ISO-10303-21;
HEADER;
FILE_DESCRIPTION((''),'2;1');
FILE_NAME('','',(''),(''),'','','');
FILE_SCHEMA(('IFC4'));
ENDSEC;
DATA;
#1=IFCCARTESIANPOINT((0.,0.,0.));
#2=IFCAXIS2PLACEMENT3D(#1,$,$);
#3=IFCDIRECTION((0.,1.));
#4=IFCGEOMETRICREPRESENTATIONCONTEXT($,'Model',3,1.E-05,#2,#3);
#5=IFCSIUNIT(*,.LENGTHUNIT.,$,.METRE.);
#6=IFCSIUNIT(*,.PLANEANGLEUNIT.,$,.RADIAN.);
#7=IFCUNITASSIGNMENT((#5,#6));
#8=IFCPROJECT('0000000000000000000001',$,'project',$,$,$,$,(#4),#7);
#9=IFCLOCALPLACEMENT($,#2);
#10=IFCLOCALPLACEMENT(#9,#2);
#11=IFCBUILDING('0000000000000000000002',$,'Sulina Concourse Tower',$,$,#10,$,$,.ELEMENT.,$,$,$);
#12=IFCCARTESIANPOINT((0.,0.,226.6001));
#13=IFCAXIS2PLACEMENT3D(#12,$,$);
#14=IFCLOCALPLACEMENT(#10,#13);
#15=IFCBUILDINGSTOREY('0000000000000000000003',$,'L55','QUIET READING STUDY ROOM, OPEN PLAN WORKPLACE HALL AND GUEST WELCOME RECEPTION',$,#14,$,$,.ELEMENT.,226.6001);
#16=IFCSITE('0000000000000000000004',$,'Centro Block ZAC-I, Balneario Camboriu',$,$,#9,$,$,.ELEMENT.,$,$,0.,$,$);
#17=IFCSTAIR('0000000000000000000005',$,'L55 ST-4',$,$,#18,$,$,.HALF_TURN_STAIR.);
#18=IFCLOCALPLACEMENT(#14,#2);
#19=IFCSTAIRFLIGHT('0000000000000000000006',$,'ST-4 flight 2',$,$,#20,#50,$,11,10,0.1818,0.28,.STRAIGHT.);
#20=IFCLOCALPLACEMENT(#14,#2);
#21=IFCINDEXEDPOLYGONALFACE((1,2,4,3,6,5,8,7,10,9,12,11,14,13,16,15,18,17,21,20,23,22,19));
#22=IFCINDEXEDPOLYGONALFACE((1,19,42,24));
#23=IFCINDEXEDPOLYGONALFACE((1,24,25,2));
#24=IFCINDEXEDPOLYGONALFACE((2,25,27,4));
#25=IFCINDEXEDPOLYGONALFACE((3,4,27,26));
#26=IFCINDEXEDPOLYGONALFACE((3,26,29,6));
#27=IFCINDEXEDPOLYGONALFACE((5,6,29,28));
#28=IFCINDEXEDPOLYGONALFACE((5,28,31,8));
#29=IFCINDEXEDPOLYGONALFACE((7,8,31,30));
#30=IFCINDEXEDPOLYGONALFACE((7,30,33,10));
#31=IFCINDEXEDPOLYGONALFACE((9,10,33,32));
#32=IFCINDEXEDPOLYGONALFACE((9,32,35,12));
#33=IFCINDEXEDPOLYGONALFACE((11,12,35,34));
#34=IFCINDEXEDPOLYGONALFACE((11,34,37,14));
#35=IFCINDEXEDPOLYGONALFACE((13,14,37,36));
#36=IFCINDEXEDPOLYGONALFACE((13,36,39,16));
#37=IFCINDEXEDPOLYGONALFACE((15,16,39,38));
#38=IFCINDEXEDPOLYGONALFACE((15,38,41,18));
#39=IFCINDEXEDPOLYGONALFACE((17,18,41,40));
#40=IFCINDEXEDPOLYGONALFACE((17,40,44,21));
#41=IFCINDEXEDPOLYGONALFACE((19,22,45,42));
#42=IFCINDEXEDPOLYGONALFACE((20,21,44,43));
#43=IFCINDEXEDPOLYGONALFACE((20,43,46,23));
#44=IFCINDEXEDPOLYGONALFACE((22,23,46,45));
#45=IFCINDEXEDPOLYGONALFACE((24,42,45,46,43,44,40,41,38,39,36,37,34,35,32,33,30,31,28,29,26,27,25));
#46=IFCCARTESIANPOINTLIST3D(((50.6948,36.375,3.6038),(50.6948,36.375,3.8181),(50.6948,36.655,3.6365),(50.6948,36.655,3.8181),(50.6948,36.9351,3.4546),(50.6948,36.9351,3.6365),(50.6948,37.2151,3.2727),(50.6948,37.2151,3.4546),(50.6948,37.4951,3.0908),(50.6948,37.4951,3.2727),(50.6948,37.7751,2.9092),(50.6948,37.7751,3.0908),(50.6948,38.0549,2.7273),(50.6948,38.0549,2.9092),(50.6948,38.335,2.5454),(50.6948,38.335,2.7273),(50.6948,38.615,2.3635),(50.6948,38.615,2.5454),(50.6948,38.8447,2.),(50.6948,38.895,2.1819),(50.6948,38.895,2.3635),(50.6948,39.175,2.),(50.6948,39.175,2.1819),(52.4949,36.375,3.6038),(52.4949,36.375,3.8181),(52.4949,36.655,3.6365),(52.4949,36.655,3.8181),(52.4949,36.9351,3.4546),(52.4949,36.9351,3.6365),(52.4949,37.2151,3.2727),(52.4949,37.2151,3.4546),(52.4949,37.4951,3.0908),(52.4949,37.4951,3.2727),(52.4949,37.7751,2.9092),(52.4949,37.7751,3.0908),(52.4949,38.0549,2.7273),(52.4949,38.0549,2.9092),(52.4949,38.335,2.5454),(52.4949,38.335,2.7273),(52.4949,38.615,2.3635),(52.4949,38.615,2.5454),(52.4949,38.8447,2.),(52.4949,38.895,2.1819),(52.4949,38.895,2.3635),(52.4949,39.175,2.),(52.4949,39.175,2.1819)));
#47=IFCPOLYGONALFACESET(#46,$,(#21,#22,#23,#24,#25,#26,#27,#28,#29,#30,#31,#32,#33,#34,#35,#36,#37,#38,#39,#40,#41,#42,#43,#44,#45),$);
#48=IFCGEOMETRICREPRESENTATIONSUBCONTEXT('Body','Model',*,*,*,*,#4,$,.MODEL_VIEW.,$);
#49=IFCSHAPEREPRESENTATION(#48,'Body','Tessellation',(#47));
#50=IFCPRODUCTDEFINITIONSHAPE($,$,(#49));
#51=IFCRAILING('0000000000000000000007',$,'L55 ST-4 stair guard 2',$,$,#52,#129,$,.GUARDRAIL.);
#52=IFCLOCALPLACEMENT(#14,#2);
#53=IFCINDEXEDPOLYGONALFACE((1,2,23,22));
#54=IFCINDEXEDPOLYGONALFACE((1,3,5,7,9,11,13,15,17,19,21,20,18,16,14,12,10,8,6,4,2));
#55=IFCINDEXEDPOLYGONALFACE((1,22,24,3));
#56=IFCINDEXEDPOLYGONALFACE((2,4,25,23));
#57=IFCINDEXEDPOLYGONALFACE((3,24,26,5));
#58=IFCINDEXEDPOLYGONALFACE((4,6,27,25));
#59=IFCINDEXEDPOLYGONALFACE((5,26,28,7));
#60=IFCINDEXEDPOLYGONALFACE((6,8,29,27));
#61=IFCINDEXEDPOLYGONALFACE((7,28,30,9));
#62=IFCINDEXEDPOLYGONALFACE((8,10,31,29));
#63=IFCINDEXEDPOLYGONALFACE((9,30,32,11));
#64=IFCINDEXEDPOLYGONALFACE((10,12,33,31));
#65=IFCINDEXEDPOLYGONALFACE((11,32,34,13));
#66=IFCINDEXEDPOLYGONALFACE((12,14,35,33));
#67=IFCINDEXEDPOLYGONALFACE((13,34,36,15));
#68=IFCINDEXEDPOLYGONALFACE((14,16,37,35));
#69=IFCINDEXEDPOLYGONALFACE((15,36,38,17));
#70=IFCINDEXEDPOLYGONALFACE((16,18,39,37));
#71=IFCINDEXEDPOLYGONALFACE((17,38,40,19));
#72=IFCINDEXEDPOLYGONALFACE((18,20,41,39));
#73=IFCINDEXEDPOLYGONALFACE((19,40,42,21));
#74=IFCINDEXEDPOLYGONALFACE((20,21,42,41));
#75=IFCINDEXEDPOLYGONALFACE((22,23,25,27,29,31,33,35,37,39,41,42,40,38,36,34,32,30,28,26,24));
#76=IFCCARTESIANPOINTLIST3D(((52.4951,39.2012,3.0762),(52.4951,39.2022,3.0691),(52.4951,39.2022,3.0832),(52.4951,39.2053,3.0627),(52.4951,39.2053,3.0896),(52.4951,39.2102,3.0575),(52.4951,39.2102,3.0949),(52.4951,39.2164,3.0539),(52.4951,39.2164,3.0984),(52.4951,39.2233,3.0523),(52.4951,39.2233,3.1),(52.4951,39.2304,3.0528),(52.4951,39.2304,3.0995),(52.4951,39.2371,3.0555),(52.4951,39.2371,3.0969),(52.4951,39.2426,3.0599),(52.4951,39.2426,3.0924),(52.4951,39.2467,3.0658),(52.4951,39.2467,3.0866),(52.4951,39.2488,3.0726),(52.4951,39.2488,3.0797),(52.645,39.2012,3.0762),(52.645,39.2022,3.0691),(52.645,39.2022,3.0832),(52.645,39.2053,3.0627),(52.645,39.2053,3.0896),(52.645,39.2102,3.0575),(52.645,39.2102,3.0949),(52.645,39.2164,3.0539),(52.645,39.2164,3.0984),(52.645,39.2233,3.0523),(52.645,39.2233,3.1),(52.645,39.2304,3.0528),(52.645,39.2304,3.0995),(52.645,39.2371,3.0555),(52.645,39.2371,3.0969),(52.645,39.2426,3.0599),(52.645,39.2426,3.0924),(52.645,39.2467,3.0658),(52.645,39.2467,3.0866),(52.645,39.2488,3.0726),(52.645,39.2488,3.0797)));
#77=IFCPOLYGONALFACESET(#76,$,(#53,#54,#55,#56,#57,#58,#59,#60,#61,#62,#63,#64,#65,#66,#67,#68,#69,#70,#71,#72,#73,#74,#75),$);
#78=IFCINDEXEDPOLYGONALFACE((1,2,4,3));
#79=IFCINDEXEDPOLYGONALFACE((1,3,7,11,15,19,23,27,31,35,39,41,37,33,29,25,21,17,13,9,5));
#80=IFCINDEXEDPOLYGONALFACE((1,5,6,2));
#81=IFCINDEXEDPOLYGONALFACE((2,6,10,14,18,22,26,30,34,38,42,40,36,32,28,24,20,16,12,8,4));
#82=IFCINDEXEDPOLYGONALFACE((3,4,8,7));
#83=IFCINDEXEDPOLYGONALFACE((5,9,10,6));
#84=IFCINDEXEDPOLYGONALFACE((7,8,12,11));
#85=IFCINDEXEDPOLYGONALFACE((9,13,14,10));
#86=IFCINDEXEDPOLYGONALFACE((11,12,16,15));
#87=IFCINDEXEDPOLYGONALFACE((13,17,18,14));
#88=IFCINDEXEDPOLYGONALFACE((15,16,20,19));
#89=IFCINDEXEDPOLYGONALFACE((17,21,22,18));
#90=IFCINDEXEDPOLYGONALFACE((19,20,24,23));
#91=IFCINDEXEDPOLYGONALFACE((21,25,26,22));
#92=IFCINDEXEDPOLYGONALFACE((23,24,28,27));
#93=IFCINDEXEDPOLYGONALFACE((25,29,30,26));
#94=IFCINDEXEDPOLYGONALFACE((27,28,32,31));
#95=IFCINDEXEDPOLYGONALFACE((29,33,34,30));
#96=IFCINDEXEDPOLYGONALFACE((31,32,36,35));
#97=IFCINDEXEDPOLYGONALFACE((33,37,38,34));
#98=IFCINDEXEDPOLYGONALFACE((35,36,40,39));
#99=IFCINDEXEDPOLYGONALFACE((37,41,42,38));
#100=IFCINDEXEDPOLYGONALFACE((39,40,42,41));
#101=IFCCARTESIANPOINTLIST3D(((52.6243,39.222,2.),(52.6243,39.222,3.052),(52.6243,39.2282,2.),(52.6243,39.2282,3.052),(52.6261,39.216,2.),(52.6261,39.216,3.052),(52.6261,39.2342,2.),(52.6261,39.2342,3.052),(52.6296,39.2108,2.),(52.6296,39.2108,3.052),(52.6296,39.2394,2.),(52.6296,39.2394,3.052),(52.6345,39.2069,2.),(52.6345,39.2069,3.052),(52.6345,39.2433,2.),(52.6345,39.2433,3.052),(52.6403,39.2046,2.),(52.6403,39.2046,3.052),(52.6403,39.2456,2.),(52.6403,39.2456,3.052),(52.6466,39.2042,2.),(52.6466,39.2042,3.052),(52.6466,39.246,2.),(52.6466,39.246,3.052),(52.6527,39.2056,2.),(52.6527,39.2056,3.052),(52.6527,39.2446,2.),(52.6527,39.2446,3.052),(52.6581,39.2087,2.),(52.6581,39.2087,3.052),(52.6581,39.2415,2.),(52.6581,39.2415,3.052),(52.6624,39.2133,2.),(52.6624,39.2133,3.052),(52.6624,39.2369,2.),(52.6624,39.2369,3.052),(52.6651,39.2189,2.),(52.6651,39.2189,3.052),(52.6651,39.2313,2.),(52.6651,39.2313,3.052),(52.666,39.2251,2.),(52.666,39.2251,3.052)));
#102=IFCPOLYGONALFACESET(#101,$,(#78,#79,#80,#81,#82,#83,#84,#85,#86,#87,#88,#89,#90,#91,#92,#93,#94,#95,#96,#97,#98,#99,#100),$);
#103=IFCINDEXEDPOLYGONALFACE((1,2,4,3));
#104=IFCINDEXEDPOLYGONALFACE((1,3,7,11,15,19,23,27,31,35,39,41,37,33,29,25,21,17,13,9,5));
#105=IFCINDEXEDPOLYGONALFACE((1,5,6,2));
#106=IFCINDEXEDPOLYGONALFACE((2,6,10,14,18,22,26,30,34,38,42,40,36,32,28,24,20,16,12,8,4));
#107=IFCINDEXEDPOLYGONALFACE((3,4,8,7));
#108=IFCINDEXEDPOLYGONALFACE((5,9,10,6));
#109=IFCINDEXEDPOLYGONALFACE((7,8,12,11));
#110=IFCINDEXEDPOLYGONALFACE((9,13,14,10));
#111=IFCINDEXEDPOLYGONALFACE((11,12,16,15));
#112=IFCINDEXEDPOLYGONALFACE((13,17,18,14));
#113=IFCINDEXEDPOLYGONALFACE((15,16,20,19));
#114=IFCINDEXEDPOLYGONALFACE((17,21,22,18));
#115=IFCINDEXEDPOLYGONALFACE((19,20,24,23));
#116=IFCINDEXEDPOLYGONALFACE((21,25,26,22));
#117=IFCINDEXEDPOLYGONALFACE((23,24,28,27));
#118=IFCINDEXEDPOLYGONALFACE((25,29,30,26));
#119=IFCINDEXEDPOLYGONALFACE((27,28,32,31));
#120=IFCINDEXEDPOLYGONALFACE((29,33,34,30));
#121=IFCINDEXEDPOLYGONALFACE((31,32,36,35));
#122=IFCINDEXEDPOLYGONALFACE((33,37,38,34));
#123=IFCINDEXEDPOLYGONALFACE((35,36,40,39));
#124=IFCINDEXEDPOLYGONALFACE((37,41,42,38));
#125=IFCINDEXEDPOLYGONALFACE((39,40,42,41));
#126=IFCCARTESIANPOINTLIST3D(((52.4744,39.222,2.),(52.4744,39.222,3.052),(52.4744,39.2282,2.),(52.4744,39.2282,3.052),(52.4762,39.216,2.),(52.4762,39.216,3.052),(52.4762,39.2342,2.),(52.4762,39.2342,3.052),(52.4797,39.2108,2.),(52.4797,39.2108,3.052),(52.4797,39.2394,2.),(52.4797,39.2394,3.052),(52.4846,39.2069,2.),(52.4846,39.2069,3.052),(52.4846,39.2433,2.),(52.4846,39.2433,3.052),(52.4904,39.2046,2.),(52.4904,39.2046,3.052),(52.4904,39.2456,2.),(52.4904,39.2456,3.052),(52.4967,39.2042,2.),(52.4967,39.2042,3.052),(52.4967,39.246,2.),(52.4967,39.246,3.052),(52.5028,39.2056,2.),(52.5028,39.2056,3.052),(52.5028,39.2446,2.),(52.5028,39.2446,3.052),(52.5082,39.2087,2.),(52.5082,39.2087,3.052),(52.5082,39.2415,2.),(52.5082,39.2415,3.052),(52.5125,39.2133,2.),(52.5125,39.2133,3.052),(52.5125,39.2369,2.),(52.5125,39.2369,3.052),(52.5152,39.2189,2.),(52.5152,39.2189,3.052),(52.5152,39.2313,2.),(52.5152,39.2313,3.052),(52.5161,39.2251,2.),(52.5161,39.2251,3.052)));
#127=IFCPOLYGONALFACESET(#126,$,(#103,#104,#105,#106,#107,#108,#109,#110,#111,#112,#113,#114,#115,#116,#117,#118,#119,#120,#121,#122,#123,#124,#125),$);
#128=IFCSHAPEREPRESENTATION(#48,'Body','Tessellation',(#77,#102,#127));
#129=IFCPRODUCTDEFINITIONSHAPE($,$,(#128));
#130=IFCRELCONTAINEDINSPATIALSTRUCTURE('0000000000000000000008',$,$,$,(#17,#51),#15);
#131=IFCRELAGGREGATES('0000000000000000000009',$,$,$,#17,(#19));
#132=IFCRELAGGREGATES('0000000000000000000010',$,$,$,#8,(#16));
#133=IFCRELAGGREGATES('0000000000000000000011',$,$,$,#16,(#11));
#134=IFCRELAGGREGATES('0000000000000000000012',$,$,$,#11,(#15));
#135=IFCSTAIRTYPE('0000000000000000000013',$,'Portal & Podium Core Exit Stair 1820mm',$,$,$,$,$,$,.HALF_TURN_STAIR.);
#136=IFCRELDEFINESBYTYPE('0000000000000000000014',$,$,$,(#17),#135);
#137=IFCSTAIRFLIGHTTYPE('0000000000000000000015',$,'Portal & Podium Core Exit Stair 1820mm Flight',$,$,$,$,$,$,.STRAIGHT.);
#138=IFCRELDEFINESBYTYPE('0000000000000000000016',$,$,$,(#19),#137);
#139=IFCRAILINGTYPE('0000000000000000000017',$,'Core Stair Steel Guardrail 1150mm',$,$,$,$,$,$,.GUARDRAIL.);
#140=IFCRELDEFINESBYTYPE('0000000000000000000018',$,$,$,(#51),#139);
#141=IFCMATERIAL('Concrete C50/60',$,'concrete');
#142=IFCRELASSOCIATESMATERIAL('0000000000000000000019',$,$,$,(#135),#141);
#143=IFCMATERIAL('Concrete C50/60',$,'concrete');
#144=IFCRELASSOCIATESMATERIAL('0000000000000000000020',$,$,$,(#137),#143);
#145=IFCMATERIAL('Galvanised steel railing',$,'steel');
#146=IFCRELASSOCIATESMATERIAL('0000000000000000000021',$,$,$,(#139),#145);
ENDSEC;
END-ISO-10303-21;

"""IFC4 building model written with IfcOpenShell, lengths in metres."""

from ifc_helpers import new_model, si_unit, direction, frame, origin, origin_2d, place, context, subcontext, project, spatial, polyline, circle, outline, extrude, material, type_object, element, aggregate, save


model = new_model("IFC4")

# Units and contexts
model_context = context("Model", 3, precision=1e-05, world=origin(), true_north=direction((0.0, 1.0)))
body_context = subcontext(model_context, "Body", "Model", "MODEL_VIEW")
ifc_project = project(units=[si_unit("LENGTHUNIT", "METRE"), si_unit("PLANEANGLEUNIT", "RADIAN")], contexts=[model_context])

# Site, building, storey
site_placement = place(None, origin())
site = spatial("IfcSite", under=ifc_project, at=site_placement, Name="Centro Block ZAC-I, Balneario Camboriu", CompositionType="ELEMENT", RefElevation=0.0)
building_placement = place(site_placement, origin())
building = spatial("IfcBuilding", under=site, at=building_placement, Name="Sulina Concourse Tower", CompositionType="ELEMENT")
storey_placement = place(building_placement, frame((0.0, 0.0, 226.6001)))
storey = spatial("IfcBuildingStorey", under=building, at=storey_placement, Name="L55", Description="QUIET READING STUDY ROOM, OPEN PLAN WORKPLACE HALL AND GUEST WELCOME RECEPTION", CompositionType="ELEMENT", Elevation=226.6001)

# Stair, stair flight
ifc_material_1 = material(Name="Concrete C50/60", Category="concrete")
stair_type = type_object("IfcStairType", Name="Portal & Podium Core Exit Stair 1820mm", PredefinedType="HALF_TURN_STAIR", material=ifc_material_1)
stair_placement = place(storey_placement, origin())
stair = element("IfcStair", 1, at=stair_placement, inside=storey, type_object=stair_type, Name="L55 ST-4", PredefinedType="HALF_TURN_STAIR")
ifc_material_2 = material(Name="Concrete C50/60", Category="concrete")
stair_flight_type = type_object("IfcStairFlightType", Name="Portal & Podium Core Exit Stair 1820mm Flight", PredefinedType="STRAIGHT", material=ifc_material_2)
stair_flight_placement = place(storey_placement, frame((51.595, 39.175, 2.0), z_axis=(0.0, 0.0, 1.0), x_axis=(0.0, -1.0, 0.0)))
stair_flight = element("IfcStairFlight", 2, at=stair_flight_placement, type_object=stair_flight_type, Name="ST-4 flight 2", NumberOfRisers=11, NumberOfTreads=10, PredefinedType="STRAIGHT", RiserHeight=0.1818, TreadLength=0.28, context=body_context, shape_type="SweptSolid", body=[
    extrude(outline(polyline([(0.0, 0.0), (0.0, 0.1819), (0.28, 0.1819), (0.28, 0.3635), (0.5601, 0.3635), (0.5601, 0.5454), (0.8401, 0.5454), (0.8401, 0.7273), (1.1201, 0.7273), (1.1201, 0.9092), (1.3999, 0.9092), (1.3999, 1.0908), (1.6799, 1.0908), (1.6799, 1.2727), (1.96, 1.2727), (1.96, 1.4546), (2.24, 1.4546), (2.24, 1.6365), (2.52, 1.6365), (2.52, 1.8181), (2.8, 1.8181), (2.8, 2.0), (2.8, 1.6038), (0.3303, 0.0), (0.0, 0.0)])), frame((0.0, 0.8999, 0.0), z_axis=(0.0, -1.0, 0.0), x_axis=(1.0, 0.0, 0.0)), (0.0, 0.0, 1.0), 1.8),
])
aggregate(stair, [stair_flight])

# Railing
ifc_material_3 = material(Name="Galvanised steel railing", Category="steel")
railing_type_1 = type_object("IfcRailingType", Name="Core Stair Steel Guardrail 1150mm", PredefinedType="GUARDRAIL", material=ifc_material_3)
railing_1_placement = place(storey_placement, frame((52.645, 39.2251, 2.0)))
element("IfcRailing", 3, at=railing_1_placement, inside=storey, type_object=railing_type_1, Name="L55 ST-4 stair guard 2", PredefinedType="GUARDRAIL", context=body_context, shape_type="SweptSolid", body=[
    extrude(circle(Radius=0.0239, at=origin_2d()), frame((0.0, 0.0, 1.0762), z_axis=(-1.0, 0.0, 0.0), x_axis=(0.0, -1.0, 0.0)), (0.0, 0.0, 1.0), 0.1499),
    extrude(circle(Radius=0.021, at=origin_2d()), origin(), (0.0, 0.0, 1.0), 1.052),
    extrude(circle(Radius=0.021, at=origin_2d()), frame((-0.1499, 0.0, 0.0)), (0.0, 0.0, 1.0), 1.052),
])

save(model, "model.ifc")
